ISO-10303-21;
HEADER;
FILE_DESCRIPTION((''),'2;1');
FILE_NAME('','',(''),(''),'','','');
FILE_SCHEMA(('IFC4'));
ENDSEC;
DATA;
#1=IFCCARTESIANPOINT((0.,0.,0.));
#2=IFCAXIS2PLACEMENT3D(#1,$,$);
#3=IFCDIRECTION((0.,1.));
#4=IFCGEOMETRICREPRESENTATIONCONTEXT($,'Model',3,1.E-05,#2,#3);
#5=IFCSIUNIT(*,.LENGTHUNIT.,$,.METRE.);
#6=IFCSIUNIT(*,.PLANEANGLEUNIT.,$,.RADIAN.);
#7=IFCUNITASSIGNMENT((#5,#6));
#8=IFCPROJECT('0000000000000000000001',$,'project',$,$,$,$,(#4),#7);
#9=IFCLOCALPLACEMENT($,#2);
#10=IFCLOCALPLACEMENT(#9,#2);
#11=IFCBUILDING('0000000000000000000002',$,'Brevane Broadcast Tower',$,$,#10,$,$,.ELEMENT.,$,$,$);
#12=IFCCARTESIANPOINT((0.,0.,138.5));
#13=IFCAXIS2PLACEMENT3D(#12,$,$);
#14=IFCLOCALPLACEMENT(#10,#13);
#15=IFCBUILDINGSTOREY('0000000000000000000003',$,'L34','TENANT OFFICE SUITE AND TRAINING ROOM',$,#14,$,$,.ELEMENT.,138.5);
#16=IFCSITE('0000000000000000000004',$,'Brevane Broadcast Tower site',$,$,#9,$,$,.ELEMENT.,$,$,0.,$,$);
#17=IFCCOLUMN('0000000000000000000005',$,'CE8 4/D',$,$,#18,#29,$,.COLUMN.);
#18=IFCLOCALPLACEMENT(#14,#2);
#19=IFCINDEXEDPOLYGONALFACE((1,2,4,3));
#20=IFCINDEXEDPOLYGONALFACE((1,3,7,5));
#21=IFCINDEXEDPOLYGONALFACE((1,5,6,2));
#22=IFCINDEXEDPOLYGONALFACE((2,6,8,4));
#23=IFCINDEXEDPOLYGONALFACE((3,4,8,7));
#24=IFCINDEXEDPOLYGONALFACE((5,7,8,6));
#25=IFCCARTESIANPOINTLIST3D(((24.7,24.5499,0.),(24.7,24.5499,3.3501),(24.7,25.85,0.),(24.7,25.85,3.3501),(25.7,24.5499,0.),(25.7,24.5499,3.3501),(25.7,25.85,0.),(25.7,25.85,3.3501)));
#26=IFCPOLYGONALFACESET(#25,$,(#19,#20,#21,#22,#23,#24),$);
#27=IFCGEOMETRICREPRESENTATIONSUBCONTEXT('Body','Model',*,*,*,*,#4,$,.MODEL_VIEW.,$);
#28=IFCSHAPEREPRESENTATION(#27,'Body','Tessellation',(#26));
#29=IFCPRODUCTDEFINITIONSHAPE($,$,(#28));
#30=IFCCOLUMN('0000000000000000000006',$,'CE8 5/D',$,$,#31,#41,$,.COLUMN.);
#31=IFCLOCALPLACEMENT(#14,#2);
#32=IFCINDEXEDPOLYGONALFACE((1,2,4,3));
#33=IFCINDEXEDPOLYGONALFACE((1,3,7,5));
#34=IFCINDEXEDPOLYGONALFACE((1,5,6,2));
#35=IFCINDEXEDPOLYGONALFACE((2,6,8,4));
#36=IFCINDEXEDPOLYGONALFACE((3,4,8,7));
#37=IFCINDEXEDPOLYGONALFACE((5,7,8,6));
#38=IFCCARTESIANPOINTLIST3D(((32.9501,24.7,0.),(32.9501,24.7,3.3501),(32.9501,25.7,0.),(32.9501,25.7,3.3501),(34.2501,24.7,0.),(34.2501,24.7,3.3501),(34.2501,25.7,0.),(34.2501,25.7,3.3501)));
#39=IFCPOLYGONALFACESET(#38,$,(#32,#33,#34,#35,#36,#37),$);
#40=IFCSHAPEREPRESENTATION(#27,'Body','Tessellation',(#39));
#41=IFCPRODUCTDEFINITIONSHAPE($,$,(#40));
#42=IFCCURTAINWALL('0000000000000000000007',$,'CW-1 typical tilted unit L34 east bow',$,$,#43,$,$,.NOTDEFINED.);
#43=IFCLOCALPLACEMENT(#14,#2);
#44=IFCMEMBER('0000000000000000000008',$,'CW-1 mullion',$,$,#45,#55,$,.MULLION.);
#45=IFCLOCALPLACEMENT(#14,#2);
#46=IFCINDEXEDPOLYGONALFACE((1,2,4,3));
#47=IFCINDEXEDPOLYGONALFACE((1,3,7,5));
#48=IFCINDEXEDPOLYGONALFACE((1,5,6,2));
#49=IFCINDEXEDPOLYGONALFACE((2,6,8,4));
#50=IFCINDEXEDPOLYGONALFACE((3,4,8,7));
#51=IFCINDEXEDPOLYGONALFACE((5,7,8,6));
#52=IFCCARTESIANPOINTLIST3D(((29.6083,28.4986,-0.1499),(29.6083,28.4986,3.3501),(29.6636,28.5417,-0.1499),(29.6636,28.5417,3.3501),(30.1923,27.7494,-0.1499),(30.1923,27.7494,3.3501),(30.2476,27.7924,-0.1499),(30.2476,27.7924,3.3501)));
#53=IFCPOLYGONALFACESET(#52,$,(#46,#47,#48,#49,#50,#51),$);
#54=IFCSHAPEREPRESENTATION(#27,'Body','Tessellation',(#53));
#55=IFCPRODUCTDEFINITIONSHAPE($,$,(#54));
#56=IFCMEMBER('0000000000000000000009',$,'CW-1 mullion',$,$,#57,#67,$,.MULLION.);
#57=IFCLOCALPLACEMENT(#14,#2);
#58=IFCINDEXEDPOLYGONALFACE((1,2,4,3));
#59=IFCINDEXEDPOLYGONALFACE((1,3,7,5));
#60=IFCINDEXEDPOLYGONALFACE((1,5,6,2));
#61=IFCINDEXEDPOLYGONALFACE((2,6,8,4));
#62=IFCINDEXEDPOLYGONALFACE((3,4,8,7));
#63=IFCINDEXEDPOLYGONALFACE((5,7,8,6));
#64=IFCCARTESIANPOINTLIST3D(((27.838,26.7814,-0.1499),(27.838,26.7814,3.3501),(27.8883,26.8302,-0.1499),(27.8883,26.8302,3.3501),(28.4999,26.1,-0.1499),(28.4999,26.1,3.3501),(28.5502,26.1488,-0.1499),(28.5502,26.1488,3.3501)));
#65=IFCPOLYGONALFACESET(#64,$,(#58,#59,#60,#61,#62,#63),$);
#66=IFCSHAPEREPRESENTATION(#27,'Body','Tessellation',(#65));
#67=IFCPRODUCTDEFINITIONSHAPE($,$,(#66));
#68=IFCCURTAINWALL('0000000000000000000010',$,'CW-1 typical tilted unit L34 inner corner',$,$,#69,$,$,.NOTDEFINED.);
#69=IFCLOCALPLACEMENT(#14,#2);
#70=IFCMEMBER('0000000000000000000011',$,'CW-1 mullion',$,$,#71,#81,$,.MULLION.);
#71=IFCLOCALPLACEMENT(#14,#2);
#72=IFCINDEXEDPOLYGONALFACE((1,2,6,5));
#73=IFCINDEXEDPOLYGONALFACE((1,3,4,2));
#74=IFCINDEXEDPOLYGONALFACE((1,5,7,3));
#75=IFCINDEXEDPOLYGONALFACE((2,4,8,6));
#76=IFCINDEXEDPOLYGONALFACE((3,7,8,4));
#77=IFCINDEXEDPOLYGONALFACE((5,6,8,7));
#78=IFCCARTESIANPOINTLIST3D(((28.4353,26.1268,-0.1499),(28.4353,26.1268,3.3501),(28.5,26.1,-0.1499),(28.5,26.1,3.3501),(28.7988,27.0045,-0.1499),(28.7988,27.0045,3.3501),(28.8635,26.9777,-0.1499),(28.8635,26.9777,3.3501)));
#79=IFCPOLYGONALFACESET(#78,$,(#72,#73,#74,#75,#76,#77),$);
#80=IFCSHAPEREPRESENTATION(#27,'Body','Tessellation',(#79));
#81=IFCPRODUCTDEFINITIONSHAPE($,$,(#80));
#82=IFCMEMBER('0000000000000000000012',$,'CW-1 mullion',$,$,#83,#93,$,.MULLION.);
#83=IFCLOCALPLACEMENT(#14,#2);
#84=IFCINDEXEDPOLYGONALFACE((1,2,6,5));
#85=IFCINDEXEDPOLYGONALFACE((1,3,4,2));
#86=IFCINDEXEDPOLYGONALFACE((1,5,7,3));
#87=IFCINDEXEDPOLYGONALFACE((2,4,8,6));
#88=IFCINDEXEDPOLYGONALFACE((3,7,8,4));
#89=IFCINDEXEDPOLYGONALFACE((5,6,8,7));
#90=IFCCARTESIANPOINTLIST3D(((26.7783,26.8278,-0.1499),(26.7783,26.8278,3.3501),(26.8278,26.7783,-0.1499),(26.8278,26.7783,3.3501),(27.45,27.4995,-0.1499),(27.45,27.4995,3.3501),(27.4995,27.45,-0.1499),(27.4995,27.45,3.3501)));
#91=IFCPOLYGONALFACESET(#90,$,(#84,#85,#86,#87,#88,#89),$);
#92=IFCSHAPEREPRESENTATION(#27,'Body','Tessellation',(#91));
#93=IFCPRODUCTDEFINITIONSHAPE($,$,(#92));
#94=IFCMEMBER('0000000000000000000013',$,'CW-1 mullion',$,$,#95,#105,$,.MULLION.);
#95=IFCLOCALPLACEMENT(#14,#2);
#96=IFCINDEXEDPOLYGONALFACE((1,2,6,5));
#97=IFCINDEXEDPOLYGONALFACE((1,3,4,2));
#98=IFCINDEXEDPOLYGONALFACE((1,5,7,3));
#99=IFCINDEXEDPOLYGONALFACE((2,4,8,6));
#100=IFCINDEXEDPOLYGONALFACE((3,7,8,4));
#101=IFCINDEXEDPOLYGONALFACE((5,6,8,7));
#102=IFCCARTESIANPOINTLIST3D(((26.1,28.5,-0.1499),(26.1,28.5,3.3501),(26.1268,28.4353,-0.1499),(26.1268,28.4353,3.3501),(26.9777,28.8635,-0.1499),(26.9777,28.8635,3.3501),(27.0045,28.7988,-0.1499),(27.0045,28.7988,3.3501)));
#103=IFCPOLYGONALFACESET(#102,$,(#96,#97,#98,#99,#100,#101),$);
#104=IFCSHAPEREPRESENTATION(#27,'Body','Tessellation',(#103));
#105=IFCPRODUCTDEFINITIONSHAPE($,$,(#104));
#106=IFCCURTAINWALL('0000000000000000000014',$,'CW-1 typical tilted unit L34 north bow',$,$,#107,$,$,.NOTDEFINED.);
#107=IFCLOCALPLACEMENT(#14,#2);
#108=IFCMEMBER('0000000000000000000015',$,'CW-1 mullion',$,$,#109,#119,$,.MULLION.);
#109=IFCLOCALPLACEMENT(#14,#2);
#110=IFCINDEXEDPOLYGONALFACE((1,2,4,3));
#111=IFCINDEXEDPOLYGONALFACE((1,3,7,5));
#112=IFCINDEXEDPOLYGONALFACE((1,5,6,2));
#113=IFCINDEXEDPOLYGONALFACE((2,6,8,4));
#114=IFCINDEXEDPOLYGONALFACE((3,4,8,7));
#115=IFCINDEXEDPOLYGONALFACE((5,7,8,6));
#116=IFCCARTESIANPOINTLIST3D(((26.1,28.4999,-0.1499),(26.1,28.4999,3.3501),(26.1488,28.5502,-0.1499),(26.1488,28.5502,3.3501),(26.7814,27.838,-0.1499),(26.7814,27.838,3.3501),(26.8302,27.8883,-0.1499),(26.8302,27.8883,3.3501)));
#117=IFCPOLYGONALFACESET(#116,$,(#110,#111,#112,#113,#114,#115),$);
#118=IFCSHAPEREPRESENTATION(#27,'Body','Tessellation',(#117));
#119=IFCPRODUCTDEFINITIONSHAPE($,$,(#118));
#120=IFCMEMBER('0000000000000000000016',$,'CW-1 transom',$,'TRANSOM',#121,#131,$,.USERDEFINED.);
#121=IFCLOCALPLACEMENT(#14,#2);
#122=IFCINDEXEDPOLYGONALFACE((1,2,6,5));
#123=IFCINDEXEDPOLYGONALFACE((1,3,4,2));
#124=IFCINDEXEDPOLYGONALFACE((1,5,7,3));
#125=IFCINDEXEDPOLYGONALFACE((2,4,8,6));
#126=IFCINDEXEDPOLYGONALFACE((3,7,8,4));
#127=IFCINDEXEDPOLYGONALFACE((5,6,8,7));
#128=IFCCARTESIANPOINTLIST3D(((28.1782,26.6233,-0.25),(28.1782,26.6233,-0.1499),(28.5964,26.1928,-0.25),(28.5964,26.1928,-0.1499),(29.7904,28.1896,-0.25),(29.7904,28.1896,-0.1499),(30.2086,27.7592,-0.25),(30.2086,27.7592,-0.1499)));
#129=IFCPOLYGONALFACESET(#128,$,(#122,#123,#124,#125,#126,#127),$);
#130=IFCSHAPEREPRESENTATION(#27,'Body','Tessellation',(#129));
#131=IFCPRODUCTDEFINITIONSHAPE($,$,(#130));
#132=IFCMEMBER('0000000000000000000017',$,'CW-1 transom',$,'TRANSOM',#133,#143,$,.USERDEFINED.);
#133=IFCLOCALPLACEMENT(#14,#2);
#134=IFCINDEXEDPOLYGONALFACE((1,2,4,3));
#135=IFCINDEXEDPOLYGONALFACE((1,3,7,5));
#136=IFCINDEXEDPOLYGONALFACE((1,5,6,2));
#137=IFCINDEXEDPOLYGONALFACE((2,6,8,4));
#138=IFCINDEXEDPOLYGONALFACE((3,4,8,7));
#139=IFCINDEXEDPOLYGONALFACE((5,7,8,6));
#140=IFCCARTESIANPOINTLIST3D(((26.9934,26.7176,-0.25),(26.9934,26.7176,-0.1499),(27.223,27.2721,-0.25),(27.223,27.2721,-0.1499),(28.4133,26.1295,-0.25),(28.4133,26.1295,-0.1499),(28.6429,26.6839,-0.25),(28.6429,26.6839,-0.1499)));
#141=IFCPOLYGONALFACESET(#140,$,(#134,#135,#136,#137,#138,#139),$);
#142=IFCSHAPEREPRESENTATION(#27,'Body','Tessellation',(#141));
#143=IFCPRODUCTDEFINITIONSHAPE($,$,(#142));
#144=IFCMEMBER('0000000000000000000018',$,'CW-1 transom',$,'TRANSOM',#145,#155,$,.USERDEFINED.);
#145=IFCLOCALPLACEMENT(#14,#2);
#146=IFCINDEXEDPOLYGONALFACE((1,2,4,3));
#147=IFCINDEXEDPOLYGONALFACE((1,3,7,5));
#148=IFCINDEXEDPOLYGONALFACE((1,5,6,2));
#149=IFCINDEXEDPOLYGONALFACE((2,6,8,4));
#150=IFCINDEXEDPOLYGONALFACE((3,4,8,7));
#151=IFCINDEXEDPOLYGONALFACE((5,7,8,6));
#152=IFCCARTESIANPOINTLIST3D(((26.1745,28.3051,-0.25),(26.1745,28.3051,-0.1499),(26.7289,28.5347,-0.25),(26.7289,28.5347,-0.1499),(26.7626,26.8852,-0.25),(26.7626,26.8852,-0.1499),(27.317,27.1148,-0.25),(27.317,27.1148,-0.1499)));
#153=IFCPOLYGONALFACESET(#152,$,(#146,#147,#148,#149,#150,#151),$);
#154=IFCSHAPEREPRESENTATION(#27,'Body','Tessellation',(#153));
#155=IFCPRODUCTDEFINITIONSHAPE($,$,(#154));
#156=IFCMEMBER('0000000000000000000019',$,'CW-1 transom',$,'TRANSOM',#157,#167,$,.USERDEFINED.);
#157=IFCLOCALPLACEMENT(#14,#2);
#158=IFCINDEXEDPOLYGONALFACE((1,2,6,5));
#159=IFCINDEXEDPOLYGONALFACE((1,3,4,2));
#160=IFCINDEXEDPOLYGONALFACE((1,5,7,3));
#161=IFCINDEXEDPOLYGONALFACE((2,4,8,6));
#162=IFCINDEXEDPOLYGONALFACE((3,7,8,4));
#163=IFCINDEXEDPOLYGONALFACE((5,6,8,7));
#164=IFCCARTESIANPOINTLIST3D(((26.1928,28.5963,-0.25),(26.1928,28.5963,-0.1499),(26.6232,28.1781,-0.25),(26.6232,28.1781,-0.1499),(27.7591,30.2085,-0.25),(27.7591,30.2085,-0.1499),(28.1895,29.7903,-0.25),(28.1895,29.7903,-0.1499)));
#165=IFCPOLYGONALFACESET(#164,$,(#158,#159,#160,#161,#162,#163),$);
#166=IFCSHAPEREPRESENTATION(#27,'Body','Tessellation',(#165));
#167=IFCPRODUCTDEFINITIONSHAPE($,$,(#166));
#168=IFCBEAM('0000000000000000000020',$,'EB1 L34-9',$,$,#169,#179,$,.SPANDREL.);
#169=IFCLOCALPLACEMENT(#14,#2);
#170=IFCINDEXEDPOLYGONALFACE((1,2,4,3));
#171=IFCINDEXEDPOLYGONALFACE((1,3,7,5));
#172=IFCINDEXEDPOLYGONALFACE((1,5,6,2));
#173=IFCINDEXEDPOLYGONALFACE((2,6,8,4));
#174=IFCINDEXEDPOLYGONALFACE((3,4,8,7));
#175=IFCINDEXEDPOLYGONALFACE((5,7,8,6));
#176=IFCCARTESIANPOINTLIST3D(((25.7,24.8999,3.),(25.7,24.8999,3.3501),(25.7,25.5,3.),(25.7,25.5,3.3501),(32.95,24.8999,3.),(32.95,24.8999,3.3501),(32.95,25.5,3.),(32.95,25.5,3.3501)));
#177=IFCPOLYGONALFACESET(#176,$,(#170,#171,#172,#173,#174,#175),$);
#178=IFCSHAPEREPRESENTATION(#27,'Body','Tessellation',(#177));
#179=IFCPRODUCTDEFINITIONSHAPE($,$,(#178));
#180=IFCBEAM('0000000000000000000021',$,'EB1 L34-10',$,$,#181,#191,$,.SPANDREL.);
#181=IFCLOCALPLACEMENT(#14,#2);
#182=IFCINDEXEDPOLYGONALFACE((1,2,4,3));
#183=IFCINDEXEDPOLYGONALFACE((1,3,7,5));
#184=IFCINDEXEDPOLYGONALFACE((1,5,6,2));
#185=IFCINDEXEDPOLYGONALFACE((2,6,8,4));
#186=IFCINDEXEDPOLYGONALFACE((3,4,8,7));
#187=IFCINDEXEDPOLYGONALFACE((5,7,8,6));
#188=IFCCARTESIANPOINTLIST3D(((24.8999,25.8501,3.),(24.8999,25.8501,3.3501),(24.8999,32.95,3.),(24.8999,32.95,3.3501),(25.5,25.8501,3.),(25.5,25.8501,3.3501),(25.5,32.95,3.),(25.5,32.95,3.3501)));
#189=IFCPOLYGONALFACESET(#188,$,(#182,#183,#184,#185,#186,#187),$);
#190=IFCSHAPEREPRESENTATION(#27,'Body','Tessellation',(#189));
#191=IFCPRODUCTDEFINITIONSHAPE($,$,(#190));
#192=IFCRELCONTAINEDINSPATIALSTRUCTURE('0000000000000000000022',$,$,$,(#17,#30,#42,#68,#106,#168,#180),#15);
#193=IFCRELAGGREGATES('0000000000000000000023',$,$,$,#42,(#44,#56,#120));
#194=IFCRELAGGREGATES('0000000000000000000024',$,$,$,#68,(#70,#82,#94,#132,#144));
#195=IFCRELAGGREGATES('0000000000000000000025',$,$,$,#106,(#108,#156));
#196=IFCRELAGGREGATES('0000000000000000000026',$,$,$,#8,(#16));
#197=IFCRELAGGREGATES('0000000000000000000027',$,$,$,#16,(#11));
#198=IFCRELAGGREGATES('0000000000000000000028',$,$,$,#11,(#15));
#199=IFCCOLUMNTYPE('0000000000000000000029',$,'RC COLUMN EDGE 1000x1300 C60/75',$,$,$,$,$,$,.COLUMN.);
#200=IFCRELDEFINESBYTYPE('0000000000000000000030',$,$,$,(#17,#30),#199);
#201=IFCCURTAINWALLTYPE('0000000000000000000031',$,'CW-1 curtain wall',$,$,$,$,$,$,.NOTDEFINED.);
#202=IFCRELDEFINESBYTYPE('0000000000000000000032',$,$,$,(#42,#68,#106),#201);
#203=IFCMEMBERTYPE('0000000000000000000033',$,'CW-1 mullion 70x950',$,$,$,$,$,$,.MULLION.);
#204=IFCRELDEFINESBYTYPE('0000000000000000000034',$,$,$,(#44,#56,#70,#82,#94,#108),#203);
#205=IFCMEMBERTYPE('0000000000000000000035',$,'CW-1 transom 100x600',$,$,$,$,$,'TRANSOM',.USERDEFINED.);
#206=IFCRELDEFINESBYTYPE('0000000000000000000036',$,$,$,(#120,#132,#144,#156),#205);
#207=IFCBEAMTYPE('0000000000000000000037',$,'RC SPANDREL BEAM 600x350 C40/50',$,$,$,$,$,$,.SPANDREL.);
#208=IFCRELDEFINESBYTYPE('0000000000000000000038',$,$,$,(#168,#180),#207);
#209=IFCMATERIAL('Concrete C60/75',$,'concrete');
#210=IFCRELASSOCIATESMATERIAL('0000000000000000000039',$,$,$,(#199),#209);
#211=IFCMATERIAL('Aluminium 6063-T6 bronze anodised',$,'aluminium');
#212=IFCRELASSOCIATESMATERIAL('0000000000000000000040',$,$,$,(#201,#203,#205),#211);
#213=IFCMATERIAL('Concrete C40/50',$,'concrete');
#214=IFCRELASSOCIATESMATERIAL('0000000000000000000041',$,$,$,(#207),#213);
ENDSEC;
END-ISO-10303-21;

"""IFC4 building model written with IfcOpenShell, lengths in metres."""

from ifc_helpers import new_model, si_unit, direction, frame, origin, origin_2d, place, context, subcontext, project, spatial, rectangle, extrude, material, material_profile, profile_set, type_object, element, aggregate, save


model = new_model("IFC4")

# Units and contexts
model_context = context("Model", 3, precision=1e-05, world=origin(), true_north=direction((0.0, 1.0)))
body_context = subcontext(model_context, "Body", "Model", "MODEL_VIEW")
ifc_project = project(units=[si_unit("LENGTHUNIT", "METRE"), si_unit("PLANEANGLEUNIT", "RADIAN")], contexts=[model_context])

# Site, building, storey
site_placement = place(None, origin())
site = spatial("IfcSite", under=ifc_project, at=site_placement, Name="Brevane Broadcast Tower site", CompositionType="ELEMENT", RefElevation=0.0)
building_placement = place(site_placement, origin())
building = spatial("IfcBuilding", under=site, at=building_placement, Name="Brevane Broadcast Tower", CompositionType="ELEMENT")
storey_placement = place(building_placement, frame((0.0, 0.0, 138.5)))
storey = spatial("IfcBuildingStorey", under=building, at=storey_placement, Name="L34", Description="TENANT OFFICE SUITE AND TRAINING ROOM", CompositionType="ELEMENT", Elevation=138.5)

# Columns
ifc_material_1 = material(Name="Concrete C60/75", Category="concrete")
ifc_material_profile_1 = material_profile(ifc_material_1, rectangle(XDim=1.0, YDim=1.3, at=origin_2d()), Name="RC 1000x1300")
ifc_profile_set_1 = profile_set([ifc_material_profile_1], Name="Concrete C60/75")
column_type = type_object("IfcColumnType", Name="RC COLUMN EDGE 1000x1300 C60/75", PredefinedType="COLUMN", material=ifc_profile_set_1)
for number, where, z_axis, x_axis, name in (
    (1, (25.2, 25.2, 0.0), (0.0, 0.0, 1.0), (1.0, 0.0, 0.0), "CE8 4/D"),
    (2, (33.6001, 25.2, 0.0), (0.0, 0.0, 1.0), (0.0, 1.0, 0.0), "CE8 5/D"),
):
    element("IfcColumn", number, at=place(storey_placement, frame(where, z_axis=z_axis, x_axis=x_axis)), inside=storey, type_object=column_type, Name=name, PredefinedType="COLUMN", context=body_context, shape_type="SweptSolid", body=[
        extrude(rectangle(XDim=1.0, YDim=1.3, at=origin_2d()), origin(), (0.0, 0.0, 1.0), 3.3501),
    ])

# Curtain walls, members
ifc_material_2 = material(Name="Aluminium 6063-T6 bronze anodised", Category="aluminium")
curtain_wall_type = type_object("IfcCurtainWallType", Name="CW-1 curtain wall", PredefinedType="NOTDEFINED", material=ifc_material_2)
curtain_wall_1_placement = place(storey_placement, origin())
curtain_wall_1 = element("IfcCurtainWall", 3, at=curtain_wall_1_placement, inside=storey, type_object=curtain_wall_type, Name="CW-1 typical tilted unit L34 east bow", PredefinedType="NOTDEFINED")
ifc_material_profile_2 = material_profile(ifc_material_2, rectangle(XDim=0.95, YDim=0.0701, at=origin_2d()), Name="RECT 70x950")
ifc_profile_set_2 = profile_set([ifc_material_profile_2], Name="Aluminium 6063-T6 bronze anodised")
member_type_1 = type_object("IfcMemberType", Name="CW-1 mullion 70x950", PredefinedType="MULLION", material=ifc_profile_set_2)
member_1_placement = place(storey_placement, frame((29.928, 28.1455, -0.1499), z_axis=(0.0, 0.0, 1.0), x_axis=(0.61477, -0.788707, 0.0)))
member_1 = element("IfcMember", 4, at=member_1_placement, type_object=member_type_1, Name="CW-1 mullion", PredefinedType="MULLION", context=body_context, shape_type="SweptSolid", body=[
    extrude(rectangle(XDim=0.95, YDim=0.0701, at=origin_2d()), origin(), (0.0, 0.0, 1.0), 3.5),
])
member_2_placement = place(storey_placement, frame((28.1941, 26.4651, -0.1499), z_axis=(0.0, 0.0, 1.0), x_axis=(0.696812, -0.717254, 0.0)))
member_2 = element("IfcMember", 5, at=member_2_placement, type_object=member_type_1, Name="CW-1 mullion", PredefinedType="MULLION", context=body_context, shape_type="SweptSolid", body=[
    extrude(rectangle(XDim=0.95, YDim=0.0701, at=origin_2d()), origin(), (0.0, 0.0, 1.0), 3.5),
])
curtain_wall_2_placement = place(storey_placement, origin())
curtain_wall_2 = element("IfcCurtainWall", 6, at=curtain_wall_2_placement, inside=storey, type_object=curtain_wall_type, Name="CW-1 typical tilted unit L34 inner corner", PredefinedType="NOTDEFINED")
member_3_placement = place(storey_placement, frame((28.6494, 26.5522, -0.1499), z_axis=(0.0, 0.0, 1.0), x_axis=(-0.382684, -0.923879, 0.0)))
member_3 = element("IfcMember", 7, at=member_3_placement, type_object=member_type_1, Name="CW-1 mullion", PredefinedType="MULLION", context=body_context, shape_type="SweptSolid", body=[
    extrude(rectangle(XDim=0.95, YDim=0.0701, at=origin_2d()), origin(), (0.0, 0.0, 1.0), 3.5),
])
member_4_placement = place(storey_placement, frame((27.1389, 27.1389, -0.1499), z_axis=(0.0, 0.0, 1.0), x_axis=(-0.707107, -0.707107, 0.0)))
member_4 = element("IfcMember", 8, at=member_4_placement, type_object=member_type_1, Name="CW-1 mullion", PredefinedType="MULLION", context=body_context, shape_type="SweptSolid", body=[
    extrude(rectangle(XDim=0.95, YDim=0.0701, at=origin_2d()), origin(), (0.0, 0.0, 1.0), 3.5),
])
member_5_placement = place(storey_placement, frame((26.5522, 28.6494, -0.1499), z_axis=(0.0, 0.0, 1.0), x_axis=(-0.923879, -0.382684, 0.0)))
member_5 = element("IfcMember", 9, at=member_5_placement, type_object=member_type_1, Name="CW-1 mullion", PredefinedType="MULLION", context=body_context, shape_type="SweptSolid", body=[
    extrude(rectangle(XDim=0.95, YDim=0.0701, at=origin_2d()), origin(), (0.0, 0.0, 1.0), 3.5),
])

# Curtain wall, member
curtain_wall_3_placement = place(storey_placement, origin())
curtain_wall_3 = element("IfcCurtainWall", 10, at=curtain_wall_3_placement, inside=storey, type_object=curtain_wall_type, Name="CW-1 typical tilted unit L34 north bow", PredefinedType="NOTDEFINED")
member_6_placement = place(storey_placement, frame((26.4651, 28.1941, -0.1499), z_axis=(0.0, 0.0, 1.0), x_axis=(-0.717254, 0.696812, 0.0)))
member_6 = element("IfcMember", 11, at=member_6_placement, type_object=member_type_1, Name="CW-1 mullion", PredefinedType="MULLION", context=body_context, shape_type="SweptSolid", body=[
    extrude(rectangle(XDim=0.95, YDim=0.0701, at=origin_2d()), origin(), (0.0, 0.0, 1.0), 3.5),
])

# Members
ifc_material_profile_3 = material_profile(ifc_material_2, rectangle(XDim=0.6001, YDim=0.1001, at=origin_2d()), Name="RECT 100x600")
ifc_profile_set_3 = profile_set([ifc_material_profile_3], Name="Aluminium 6063-T6 bronze anodised")
member_type_2 = type_object("IfcMemberType", Name="CW-1 transom 100x600", ElementType="TRANSOM", PredefinedType="USERDEFINED", material=ifc_profile_set_3)
member_7_placement = place(storey_placement, frame((29.9995, 27.9744, -0.2), z_axis=(-0.717242, -0.696824, 0.0), x_axis=(0.696824, -0.717242, 0.0)))
member_7 = element("IfcMember", 12, at=member_7_placement, type_object=member_type_2, Name="CW-1 transom", ObjectType="TRANSOM", PredefinedType="USERDEFINED", context=body_context, shape_type="SweptSolid", body=[
    extrude(rectangle(XDim=0.6001, YDim=0.1001, at=origin_2d()), origin(), (0.0, 0.0, 1.0), 2.2478),
])
aggregate(curtain_wall_1, [member_1, member_2, member_7])
member_8_placement = place(storey_placement, frame((28.5281, 26.4067, -0.2), z_axis=(-0.923883, 0.382674, 0.0), x_axis=(-0.382674, -0.923883, 0.0)))
member_8 = element("IfcMember", 13, at=member_8_placement, type_object=member_type_2, Name="CW-1 transom", ObjectType="TRANSOM", PredefinedType="USERDEFINED", context=body_context, shape_type="SweptSolid", body=[
    extrude(rectangle(XDim=0.6001, YDim=0.1001, at=origin_2d()), origin(), (0.0, 0.0, 1.0), 1.5369),
])
member_9_placement = place(storey_placement, frame((27.0398, 27.0, -0.2), z_axis=(-0.382674, 0.923883, 0.0), x_axis=(-0.923883, -0.382674, 0.0)))
member_9 = element("IfcMember", 14, at=member_9_placement, type_object=member_type_2, Name="CW-1 transom", ObjectType="TRANSOM", PredefinedType="USERDEFINED", context=body_context, shape_type="SweptSolid", body=[
    extrude(rectangle(XDim=0.6001, YDim=0.1001, at=origin_2d()), origin(), (0.0, 0.0, 1.0), 1.5369),
])
aggregate(curtain_wall_2, [member_3, member_4, member_5, member_8, member_9])
member_10_placement = place(storey_placement, frame((26.408, 28.3872, -0.2), z_axis=(0.696824, 0.717242, 0.0), x_axis=(-0.717242, 0.696824, 0.0)))
member_10 = element("IfcMember", 15, at=member_10_placement, type_object=member_type_2, Name="CW-1 transom", ObjectType="TRANSOM", PredefinedType="USERDEFINED", context=body_context, shape_type="SweptSolid", body=[
    extrude(rectangle(XDim=0.6001, YDim=0.1001, at=origin_2d()), origin(), (0.0, 0.0, 1.0), 2.2478),
])
aggregate(curtain_wall_3, [member_6, member_10])

# Beams
ifc_material_3 = material(Name="Concrete C40/50", Category="concrete")
ifc_material_profile_4 = material_profile(ifc_material_3, rectangle(XDim=0.6001, YDim=0.3501, at=origin_2d()), Name="RC 600x350")
ifc_profile_set_4 = profile_set([ifc_material_profile_4], Name="Concrete C40/50")
beam_type = type_object("IfcBeamType", Name="RC SPANDREL BEAM 600x350 C40/50", PredefinedType="SPANDREL", material=ifc_profile_set_4)
beam_1_placement = place(storey_placement, frame((32.95, 25.2, 3.175), z_axis=(-1.0, 0.0, 0.0), x_axis=(0.0, -1.0, 0.0)))
element("IfcBeam", 16, at=beam_1_placement, inside=storey, type_object=beam_type, Name="EB1 L34-9", PredefinedType="SPANDREL", context=body_context, shape_type="SweptSolid", body=[
    extrude(rectangle(XDim=0.6001, YDim=0.3501, at=origin_2d()), origin(), (0.0, 0.0, 1.0), 7.25),
])
beam_2_placement = place(storey_placement, frame((25.2, 25.8501, 3.175), z_axis=(0.0, 1.0, 0.0), x_axis=(-1.0, 0.0, 0.0)))
element("IfcBeam", 17, at=beam_2_placement, inside=storey, type_object=beam_type, Name="EB1 L34-10", PredefinedType="SPANDREL", context=body_context, shape_type="SweptSolid", body=[
    extrude(rectangle(XDim=0.6001, YDim=0.3501, at=origin_2d()), origin(), (0.0, 0.0, 1.0), 7.0999),
])

save(model, "model.ifc")
